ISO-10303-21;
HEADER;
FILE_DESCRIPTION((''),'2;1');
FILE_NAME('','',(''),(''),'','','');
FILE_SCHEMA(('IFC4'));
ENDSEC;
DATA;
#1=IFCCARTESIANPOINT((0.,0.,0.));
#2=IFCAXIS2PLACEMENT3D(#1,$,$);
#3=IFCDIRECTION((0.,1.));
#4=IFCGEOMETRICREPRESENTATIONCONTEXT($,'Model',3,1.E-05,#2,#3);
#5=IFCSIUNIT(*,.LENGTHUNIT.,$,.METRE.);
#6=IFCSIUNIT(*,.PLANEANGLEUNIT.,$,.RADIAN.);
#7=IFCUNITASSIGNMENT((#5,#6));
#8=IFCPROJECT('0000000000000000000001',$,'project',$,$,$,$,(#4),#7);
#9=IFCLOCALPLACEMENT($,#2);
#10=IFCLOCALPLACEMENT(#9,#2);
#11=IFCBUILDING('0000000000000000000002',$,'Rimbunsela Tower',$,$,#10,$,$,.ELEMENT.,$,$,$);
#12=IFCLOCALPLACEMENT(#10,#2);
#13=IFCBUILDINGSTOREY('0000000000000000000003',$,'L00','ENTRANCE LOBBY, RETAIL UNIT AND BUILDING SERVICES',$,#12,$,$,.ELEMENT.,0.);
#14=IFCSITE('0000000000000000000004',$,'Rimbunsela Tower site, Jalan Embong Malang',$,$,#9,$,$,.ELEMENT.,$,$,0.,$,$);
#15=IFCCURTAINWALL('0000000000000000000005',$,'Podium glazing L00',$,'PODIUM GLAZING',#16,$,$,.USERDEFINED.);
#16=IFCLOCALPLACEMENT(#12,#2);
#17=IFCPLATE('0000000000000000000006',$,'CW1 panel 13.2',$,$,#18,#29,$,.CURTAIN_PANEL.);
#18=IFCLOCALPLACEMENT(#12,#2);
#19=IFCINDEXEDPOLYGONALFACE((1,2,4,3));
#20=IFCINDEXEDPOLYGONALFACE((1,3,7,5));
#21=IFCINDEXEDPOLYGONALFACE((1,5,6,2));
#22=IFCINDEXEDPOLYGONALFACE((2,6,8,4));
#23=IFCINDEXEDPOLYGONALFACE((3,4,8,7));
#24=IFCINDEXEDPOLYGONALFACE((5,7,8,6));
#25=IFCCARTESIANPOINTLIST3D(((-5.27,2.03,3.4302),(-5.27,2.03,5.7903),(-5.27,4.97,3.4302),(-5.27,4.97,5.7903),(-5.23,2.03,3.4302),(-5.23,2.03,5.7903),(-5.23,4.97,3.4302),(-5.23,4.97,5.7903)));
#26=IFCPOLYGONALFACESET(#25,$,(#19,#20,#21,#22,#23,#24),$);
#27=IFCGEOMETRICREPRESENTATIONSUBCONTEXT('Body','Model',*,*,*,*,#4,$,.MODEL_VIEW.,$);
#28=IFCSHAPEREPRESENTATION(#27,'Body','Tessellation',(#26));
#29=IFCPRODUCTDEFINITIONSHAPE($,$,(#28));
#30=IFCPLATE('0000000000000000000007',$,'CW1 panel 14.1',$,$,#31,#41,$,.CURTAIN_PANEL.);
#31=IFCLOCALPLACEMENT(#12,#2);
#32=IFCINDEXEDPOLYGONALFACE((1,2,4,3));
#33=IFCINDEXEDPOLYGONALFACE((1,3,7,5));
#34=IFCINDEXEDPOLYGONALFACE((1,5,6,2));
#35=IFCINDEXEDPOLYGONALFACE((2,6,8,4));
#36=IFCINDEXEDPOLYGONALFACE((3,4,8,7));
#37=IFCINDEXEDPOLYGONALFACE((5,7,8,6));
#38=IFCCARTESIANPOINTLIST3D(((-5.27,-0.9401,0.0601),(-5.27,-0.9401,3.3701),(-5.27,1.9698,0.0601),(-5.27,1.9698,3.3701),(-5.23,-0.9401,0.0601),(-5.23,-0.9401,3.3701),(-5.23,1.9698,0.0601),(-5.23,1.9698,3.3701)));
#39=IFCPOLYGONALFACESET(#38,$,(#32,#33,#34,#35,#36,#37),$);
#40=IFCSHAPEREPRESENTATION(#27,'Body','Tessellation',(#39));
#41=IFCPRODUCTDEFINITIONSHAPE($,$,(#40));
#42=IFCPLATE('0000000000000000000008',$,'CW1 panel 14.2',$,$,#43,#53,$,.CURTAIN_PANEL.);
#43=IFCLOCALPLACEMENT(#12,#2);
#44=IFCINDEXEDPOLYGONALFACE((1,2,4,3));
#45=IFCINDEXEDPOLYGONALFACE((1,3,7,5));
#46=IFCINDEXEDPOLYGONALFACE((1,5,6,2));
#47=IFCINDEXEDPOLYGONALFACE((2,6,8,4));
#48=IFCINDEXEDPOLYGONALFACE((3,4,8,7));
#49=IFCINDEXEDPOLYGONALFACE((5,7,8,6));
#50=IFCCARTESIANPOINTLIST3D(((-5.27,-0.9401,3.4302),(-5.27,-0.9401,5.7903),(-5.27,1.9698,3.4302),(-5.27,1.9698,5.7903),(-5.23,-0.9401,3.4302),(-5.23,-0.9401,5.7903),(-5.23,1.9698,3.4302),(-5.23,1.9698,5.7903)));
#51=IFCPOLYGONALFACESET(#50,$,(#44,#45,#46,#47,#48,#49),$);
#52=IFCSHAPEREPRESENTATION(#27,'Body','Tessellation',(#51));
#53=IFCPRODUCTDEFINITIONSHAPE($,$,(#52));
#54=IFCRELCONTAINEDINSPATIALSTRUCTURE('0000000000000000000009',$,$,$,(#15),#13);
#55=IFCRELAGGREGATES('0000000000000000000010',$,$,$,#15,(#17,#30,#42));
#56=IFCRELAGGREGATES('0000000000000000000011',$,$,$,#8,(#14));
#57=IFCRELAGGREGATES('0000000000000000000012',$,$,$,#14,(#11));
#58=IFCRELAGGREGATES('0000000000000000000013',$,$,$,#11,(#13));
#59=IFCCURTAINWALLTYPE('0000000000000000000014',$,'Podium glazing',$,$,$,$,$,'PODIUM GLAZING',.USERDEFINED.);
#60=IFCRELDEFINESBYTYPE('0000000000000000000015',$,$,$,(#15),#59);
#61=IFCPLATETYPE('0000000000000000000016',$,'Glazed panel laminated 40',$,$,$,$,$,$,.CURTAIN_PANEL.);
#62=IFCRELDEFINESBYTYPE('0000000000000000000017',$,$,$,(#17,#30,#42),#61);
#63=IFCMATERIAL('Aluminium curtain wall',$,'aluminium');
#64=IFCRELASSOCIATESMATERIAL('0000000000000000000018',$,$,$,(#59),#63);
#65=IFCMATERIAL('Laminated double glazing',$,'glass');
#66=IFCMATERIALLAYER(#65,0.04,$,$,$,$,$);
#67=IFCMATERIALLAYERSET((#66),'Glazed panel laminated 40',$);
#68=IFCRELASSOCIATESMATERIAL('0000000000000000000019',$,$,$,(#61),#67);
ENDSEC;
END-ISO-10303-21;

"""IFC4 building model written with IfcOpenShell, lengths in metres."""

from ifc_helpers import new_model, si_unit, direction, frame, origin, origin_2d, place, context, subcontext, project, spatial, rectangle, extrude, material, layer, layer_set, type_object, element, aggregate, save


model = new_model("IFC4")

# Units and contexts
model_context = context("Model", 3, precision=1e-05, world=origin(), true_north=direction((0.0, 1.0)))
body_context = subcontext(model_context, "Body", "Model", "MODEL_VIEW")
ifc_project = project(units=[si_unit("LENGTHUNIT", "METRE"), si_unit("PLANEANGLEUNIT", "RADIAN")], contexts=[model_context])

# Site, building, storey
site_placement = place(None, origin())
site = spatial("IfcSite", under=ifc_project, at=site_placement, Name="Rimbunsela Tower site, Jalan Embong Malang", CompositionType="ELEMENT", RefElevation=0.0)
building_placement = place(site_placement, origin())
building = spatial("IfcBuilding", under=site, at=building_placement, Name="Rimbunsela Tower", CompositionType="ELEMENT")
storey_placement = place(building_placement, origin())
storey = spatial("IfcBuildingStorey", under=building, at=storey_placement, Name="L00", Description="ENTRANCE LOBBY, RETAIL UNIT AND BUILDING SERVICES", CompositionType="ELEMENT", Elevation=0.0)

# Curtain wall, plates
ifc_material_1 = material(Name="Aluminium curtain wall", Category="aluminium")
curtain_wall_type = type_object("IfcCurtainWallType", Name="Podium glazing", ElementType="PODIUM GLAZING", PredefinedType="USERDEFINED", material=ifc_material_1)
curtain_wall_placement = place(storey_placement, origin())
curtain_wall = element("IfcCurtainWall", 1, at=curtain_wall_placement, inside=storey, type_object=curtain_wall_type, Name="Podium glazing L00", ObjectType="PODIUM GLAZING", PredefinedType="USERDEFINED")
ifc_material_2 = material(Name="Laminated double glazing", Category="glass")
ifc_layer = layer(ifc_material_2, 0.04)
ifc_layer_set = layer_set([ifc_layer], Name="Glazed panel laminated 40")
plate_type = type_object("IfcPlateType", Name="Glazed panel laminated 40", PredefinedType="CURTAIN_PANEL", material=ifc_layer_set)
plate_1_placement = place(storey_placement, frame((-5.25, 3.5, 3.4302), z_axis=(0.0, 0.0, 1.0), x_axis=(0.0, -1.0, 0.0)))
plate_1 = element("IfcPlate", 2, at=plate_1_placement, type_object=plate_type, Name="CW1 panel 13.2", PredefinedType="CURTAIN_PANEL", context=body_context, shape_type="SweptSolid", body=[
    extrude(rectangle(XDim=2.9399, YDim=0.04, at=origin_2d()), origin(), (0.0, 0.0, 1.0), 2.3601),
])
plate_2_placement = place(storey_placement, frame((-5.25, 0.5149, 0.0601), z_axis=(0.0, 0.0, 1.0), x_axis=(0.0, -1.0, 0.0)))
plate_2 = element("IfcPlate", 3, at=plate_2_placement, type_object=plate_type, Name="CW1 panel 14.1", PredefinedType="CURTAIN_PANEL", context=body_context, shape_type="SweptSolid", body=[
    extrude(rectangle(XDim=2.9099, YDim=0.04, at=origin_2d()), origin(), (0.0, 0.0, 1.0), 3.3101),
])
plate_3_placement = place(storey_placement, frame((-5.25, 0.5149, 3.4302), z_axis=(0.0, 0.0, 1.0), x_axis=(0.0, -1.0, 0.0)))
plate_3 = element("IfcPlate", 4, at=plate_3_placement, type_object=plate_type, Name="CW1 panel 14.2", PredefinedType="CURTAIN_PANEL", context=body_context, shape_type="SweptSolid", body=[
    extrude(rectangle(XDim=2.9099, YDim=0.04, at=origin_2d()), origin(), (0.0, 0.0, 1.0), 2.3601),
])
aggregate(curtain_wall, [plate_1, plate_2, plate_3])

save(model, "model.ifc")
